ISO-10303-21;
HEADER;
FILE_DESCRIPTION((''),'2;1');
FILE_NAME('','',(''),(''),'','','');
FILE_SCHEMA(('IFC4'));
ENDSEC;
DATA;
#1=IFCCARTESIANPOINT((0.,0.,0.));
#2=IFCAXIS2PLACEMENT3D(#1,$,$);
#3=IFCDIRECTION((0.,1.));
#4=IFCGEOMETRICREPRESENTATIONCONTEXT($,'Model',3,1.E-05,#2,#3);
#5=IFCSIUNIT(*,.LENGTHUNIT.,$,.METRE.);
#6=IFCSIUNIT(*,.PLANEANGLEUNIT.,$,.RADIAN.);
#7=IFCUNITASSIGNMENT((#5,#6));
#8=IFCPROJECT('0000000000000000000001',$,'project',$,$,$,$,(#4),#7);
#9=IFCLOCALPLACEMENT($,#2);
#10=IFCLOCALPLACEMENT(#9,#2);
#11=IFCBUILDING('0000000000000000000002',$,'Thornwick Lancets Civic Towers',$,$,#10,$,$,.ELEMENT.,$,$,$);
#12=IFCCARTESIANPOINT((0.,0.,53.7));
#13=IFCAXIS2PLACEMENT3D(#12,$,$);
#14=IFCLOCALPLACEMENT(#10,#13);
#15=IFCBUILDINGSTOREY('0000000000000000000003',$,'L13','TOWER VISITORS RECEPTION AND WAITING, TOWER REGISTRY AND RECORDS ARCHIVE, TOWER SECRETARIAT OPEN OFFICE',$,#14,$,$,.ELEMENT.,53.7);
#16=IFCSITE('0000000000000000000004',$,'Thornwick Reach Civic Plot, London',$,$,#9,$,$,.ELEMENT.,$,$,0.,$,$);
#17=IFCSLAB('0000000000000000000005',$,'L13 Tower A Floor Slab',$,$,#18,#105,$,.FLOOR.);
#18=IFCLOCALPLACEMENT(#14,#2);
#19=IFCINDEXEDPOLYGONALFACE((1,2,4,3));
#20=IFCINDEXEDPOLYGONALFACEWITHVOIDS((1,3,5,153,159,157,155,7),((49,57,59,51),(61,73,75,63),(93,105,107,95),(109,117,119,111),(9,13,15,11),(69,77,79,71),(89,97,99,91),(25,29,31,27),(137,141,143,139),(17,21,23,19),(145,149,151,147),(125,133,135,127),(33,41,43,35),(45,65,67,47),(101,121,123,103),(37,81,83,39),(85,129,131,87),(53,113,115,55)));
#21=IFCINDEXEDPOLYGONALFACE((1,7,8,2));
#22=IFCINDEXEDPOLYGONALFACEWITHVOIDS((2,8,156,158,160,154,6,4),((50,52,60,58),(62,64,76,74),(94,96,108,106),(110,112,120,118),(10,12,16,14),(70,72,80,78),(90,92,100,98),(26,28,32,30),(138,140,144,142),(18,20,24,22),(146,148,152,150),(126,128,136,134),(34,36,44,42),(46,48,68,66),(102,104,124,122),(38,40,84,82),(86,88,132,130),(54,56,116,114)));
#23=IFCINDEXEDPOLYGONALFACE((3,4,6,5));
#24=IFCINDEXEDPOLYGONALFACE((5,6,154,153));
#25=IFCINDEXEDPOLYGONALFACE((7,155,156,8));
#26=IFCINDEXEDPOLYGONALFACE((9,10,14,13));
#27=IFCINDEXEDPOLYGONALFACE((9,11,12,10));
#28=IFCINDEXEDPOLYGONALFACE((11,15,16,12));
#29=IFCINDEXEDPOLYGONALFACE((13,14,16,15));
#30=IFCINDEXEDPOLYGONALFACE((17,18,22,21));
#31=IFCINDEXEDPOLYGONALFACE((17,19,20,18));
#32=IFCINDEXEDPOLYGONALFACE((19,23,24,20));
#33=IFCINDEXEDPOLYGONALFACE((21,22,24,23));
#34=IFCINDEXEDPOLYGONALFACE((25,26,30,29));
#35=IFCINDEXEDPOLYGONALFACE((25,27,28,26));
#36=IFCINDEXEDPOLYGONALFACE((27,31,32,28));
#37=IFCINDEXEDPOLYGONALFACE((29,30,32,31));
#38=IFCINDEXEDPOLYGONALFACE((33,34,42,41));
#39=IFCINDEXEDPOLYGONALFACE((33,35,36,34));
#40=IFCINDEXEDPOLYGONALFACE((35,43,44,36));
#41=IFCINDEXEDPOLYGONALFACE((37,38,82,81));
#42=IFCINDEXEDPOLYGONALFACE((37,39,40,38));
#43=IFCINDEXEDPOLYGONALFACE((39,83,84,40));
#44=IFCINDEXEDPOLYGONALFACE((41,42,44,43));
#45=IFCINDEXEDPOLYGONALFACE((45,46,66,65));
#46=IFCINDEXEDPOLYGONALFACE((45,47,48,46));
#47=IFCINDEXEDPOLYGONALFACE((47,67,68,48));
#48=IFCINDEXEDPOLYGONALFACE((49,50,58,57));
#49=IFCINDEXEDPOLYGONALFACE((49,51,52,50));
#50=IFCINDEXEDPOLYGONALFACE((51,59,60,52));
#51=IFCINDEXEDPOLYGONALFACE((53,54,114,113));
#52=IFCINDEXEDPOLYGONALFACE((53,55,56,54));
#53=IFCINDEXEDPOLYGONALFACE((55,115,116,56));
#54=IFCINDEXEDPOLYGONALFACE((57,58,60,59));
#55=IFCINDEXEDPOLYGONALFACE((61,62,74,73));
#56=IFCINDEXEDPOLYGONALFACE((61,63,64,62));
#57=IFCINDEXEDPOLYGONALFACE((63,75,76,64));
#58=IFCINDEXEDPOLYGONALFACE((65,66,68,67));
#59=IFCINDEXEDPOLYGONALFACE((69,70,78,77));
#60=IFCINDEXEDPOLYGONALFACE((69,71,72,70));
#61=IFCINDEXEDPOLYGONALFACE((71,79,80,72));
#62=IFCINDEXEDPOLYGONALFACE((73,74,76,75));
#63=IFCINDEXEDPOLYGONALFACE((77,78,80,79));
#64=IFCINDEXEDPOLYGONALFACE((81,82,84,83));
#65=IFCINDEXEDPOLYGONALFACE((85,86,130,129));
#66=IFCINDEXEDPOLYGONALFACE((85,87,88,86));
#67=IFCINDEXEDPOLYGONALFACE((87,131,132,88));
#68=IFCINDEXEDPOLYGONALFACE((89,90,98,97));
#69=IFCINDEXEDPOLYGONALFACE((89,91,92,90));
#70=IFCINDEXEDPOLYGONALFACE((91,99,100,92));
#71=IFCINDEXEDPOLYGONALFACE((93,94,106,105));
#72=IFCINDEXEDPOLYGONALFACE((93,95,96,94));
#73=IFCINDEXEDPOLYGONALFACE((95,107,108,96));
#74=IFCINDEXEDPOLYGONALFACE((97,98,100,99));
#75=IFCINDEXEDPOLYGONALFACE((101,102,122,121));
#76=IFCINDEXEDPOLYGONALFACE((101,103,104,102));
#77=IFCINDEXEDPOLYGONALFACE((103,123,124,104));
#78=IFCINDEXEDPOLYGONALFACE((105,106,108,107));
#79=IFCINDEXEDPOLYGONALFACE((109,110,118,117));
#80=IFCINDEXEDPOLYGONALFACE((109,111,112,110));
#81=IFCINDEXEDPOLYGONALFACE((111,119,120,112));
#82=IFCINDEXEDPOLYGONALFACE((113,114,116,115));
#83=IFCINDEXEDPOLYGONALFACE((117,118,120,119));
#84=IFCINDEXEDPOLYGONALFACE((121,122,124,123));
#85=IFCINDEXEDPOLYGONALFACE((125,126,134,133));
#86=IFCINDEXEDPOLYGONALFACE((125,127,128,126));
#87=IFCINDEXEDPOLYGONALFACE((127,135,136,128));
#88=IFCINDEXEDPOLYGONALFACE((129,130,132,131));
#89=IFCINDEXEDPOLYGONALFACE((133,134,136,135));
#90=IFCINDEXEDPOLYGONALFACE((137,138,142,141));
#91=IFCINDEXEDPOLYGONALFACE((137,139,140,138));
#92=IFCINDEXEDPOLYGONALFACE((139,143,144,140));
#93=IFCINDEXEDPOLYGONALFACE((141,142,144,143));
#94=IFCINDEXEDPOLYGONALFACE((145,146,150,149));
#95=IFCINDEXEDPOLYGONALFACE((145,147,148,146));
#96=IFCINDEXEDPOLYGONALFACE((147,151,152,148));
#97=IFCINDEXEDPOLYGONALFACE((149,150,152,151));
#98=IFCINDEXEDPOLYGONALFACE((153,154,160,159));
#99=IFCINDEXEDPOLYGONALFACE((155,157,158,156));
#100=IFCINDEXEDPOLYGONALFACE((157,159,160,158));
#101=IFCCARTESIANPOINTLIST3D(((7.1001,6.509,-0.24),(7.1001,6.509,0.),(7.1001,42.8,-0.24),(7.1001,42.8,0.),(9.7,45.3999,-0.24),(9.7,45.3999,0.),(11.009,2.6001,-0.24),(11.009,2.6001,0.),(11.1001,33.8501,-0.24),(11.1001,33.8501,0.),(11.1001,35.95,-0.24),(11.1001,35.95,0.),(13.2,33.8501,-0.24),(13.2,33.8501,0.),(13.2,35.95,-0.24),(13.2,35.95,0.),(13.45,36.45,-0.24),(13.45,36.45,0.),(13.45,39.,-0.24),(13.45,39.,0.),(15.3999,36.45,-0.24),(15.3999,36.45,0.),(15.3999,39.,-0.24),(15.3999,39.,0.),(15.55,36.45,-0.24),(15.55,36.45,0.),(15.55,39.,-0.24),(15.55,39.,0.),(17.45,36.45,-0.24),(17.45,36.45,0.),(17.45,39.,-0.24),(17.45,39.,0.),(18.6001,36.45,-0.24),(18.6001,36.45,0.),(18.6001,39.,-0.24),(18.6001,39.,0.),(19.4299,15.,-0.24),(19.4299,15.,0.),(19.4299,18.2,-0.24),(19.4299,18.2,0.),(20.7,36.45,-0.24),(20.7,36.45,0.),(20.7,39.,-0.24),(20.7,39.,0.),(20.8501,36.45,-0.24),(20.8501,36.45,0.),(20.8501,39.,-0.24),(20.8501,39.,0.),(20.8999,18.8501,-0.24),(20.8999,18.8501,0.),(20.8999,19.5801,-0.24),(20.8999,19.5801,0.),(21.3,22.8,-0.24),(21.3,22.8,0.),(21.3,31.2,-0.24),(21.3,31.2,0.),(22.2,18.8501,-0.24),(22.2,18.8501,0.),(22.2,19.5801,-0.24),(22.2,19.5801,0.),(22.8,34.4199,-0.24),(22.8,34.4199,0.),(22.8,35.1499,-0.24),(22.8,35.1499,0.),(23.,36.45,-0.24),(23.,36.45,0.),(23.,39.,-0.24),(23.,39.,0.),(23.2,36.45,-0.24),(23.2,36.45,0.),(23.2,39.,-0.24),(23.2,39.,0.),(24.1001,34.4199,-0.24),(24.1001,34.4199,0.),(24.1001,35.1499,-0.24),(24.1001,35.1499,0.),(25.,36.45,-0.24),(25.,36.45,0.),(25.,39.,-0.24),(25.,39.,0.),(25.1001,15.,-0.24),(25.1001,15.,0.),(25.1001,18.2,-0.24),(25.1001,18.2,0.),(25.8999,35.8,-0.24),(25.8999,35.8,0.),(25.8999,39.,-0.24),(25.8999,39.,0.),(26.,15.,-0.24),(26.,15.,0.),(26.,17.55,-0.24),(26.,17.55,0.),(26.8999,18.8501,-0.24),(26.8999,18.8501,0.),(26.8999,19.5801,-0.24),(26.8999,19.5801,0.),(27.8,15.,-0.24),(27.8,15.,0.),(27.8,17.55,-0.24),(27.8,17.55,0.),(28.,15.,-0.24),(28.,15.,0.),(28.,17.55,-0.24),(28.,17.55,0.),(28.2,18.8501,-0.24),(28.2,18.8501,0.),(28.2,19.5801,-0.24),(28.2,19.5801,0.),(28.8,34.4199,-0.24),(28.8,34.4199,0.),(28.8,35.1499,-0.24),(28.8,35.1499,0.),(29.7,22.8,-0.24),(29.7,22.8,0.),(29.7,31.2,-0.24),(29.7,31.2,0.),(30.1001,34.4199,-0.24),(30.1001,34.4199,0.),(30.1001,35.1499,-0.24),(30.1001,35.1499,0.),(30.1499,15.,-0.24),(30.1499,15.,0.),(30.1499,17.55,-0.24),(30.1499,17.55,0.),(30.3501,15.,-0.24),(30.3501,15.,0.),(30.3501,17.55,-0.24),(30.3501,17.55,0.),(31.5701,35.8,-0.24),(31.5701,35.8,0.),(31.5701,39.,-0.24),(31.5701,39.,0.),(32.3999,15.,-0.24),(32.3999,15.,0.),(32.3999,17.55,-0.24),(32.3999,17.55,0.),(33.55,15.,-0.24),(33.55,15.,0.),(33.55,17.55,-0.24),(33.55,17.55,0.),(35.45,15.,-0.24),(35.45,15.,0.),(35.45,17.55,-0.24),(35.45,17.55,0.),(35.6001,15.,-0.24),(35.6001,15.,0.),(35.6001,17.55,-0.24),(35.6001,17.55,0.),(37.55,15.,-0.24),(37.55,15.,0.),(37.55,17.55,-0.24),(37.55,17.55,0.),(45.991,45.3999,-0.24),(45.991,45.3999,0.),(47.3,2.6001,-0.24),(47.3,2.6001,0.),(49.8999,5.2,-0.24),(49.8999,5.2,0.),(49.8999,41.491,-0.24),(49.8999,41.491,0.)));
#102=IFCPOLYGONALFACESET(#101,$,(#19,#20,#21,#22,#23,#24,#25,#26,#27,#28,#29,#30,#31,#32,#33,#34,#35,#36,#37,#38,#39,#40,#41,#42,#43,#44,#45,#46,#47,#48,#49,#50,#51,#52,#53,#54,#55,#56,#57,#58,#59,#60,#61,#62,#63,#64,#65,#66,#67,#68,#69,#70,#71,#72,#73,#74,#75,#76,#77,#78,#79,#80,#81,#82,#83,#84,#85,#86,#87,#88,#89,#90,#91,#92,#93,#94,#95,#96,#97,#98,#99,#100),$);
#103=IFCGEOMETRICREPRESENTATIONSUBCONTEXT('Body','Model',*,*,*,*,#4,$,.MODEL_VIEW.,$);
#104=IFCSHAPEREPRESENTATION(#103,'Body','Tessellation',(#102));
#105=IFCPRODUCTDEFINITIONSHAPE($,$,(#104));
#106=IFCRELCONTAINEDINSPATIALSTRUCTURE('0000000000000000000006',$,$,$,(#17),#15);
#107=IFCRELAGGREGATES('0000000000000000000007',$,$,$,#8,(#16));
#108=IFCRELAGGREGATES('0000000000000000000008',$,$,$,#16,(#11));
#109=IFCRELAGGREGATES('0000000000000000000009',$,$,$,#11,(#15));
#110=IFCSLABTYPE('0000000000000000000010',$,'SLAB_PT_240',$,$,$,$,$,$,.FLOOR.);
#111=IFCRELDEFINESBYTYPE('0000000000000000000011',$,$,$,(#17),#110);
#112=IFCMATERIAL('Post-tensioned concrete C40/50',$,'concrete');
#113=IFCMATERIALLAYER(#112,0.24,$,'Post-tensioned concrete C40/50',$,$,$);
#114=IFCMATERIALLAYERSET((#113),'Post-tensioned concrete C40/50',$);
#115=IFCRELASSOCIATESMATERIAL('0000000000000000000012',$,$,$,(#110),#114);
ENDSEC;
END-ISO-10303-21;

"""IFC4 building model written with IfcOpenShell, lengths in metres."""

from ifc_helpers import new_model, si_unit, direction, frame, origin, place, context, subcontext, project, spatial, polyline, outline, extrude, material, layer, layer_set, type_object, element, save


model = new_model("IFC4")

# Units and contexts
model_context = context("Model", 3, precision=1e-05, world=origin(), true_north=direction((0.0, 1.0)))
body_context = subcontext(model_context, "Body", "Model", "MODEL_VIEW")
ifc_project = project(units=[si_unit("LENGTHUNIT", "METRE"), si_unit("PLANEANGLEUNIT", "RADIAN")], contexts=[model_context])

# Site, building, storey
site_placement = place(None, origin())
site = spatial("IfcSite", under=ifc_project, at=site_placement, Name="Thornwick Reach Civic Plot, London", CompositionType="ELEMENT", RefElevation=0.0)
building_placement = place(site_placement, origin())
building = spatial("IfcBuilding", under=site, at=building_placement, Name="Thornwick Lancets Civic Towers", CompositionType="ELEMENT")
storey_placement = place(building_placement, frame((0.0, 0.0, 53.7)))
storey = spatial("IfcBuildingStorey", under=building, at=storey_placement, Name="L13", Description="TOWER VISITORS RECEPTION AND WAITING, TOWER REGISTRY AND RECORDS ARCHIVE, TOWER SECRETARIAT OPEN OFFICE", CompositionType="ELEMENT", Elevation=53.7)

# Shared definitions
ifc_material_1 = material(Name="Post-tensioned concrete C40/50", Category="concrete")

# Slab
ifc_layer_1 = layer(ifc_material_1, 0.24, Name="Post-tensioned concrete C40/50")
ifc_layer_set_1 = layer_set([ifc_layer_1], Name="Post-tensioned concrete C40/50")
slab_type_1 = type_object("IfcSlabType", Name="SLAB_PT_240", PredefinedType="FLOOR", material=ifc_layer_set_1)
slab_1_placement = place(storey_placement, frame((0.0, 0.0, -0.24)))
element("IfcSlab", 1, at=slab_1_placement, inside=storey, type_object=slab_type_1, Name="L13 Tower A Floor Slab", PredefinedType="FLOOR", context=body_context, shape_type="SweptSolid", body=[
    extrude(outline(polyline([(11.009, 2.6001), (47.3, 2.6001), (49.8999, 5.2), (49.8999, 41.491), (45.991, 45.3999), (9.7, 45.3999), (7.1001, 42.8), (7.1001, 6.509), (11.009, 2.6001)]), holes=[polyline([(21.3, 22.8), (29.7, 22.8), (29.7, 31.2), (21.3, 31.2), (21.3, 22.8)]), polyline([(19.4299, 15.0), (25.1001, 15.0), (25.1001, 18.2), (19.4299, 18.2), (19.4299, 15.0)]), polyline([(31.5701, 39.0), (25.8999, 39.0), (25.8999, 35.8), (31.5701, 35.8), (31.5701, 39.0)]), polyline([(26.0, 15.0), (27.8, 15.0), (27.8, 17.55), (26.0, 17.55), (26.0, 15.0)]), polyline([(28.0, 15.0), (30.1499, 15.0), (30.1499, 17.55), (28.0, 17.55), (28.0, 15.0)]), polyline([(30.3501, 15.0), (32.3999, 15.0), (32.3999, 17.55), (30.3501, 17.55), (30.3501, 15.0)]), polyline([(33.55, 15.0), (35.45, 15.0), (35.45, 17.55), (33.55, 17.55), (33.55, 15.0)]), polyline([(35.6001, 15.0), (37.55, 15.0), (37.55, 17.55), (35.6001, 17.55), (35.6001, 15.0)]), polyline([(23.2, 36.45), (25.0, 36.45), (25.0, 39.0), (23.2, 39.0), (23.2, 36.45)]), polyline([(20.8501, 36.45), (23.0, 36.45), (23.0, 39.0), (20.8501, 39.0), (20.8501, 36.45)]), polyline([(18.6001, 36.45), (20.7, 36.45), (20.7, 39.0), (18.6001, 39.0), (18.6001, 36.45)]), polyline([(15.55, 36.45), (17.45, 36.45), (17.45, 39.0), (15.55, 39.0), (15.55, 36.45)]), polyline([(13.45, 36.45), (15.3999, 36.45), (15.3999, 39.0), (13.45, 39.0), (13.45, 36.45)]), polyline([(11.1001, 33.8501), (13.2, 33.8501), (13.2, 35.95), (11.1001, 35.95), (11.1001, 33.8501)]), polyline([(26.8999, 18.8501), (28.2, 18.8501), (28.2, 19.5801), (26.8999, 19.5801), (26.8999, 18.8501)]), polyline([(20.8999, 18.8501), (22.2, 18.8501), (22.2, 19.5801), (20.8999, 19.5801), (20.8999, 18.8501)]), polyline([(22.8, 34.4199), (24.1001, 34.4199), (24.1001, 35.1499), (22.8, 35.1499), (22.8, 34.4199)]), polyline([(28.8, 34.4199), (30.1001, 34.4199), (30.1001, 35.1499), (28.8, 35.1499), (28.8, 34.4199)])]), origin(), (0.0, 0.0, 1.0), 0.24),
])

save(model, "model.ifc")
